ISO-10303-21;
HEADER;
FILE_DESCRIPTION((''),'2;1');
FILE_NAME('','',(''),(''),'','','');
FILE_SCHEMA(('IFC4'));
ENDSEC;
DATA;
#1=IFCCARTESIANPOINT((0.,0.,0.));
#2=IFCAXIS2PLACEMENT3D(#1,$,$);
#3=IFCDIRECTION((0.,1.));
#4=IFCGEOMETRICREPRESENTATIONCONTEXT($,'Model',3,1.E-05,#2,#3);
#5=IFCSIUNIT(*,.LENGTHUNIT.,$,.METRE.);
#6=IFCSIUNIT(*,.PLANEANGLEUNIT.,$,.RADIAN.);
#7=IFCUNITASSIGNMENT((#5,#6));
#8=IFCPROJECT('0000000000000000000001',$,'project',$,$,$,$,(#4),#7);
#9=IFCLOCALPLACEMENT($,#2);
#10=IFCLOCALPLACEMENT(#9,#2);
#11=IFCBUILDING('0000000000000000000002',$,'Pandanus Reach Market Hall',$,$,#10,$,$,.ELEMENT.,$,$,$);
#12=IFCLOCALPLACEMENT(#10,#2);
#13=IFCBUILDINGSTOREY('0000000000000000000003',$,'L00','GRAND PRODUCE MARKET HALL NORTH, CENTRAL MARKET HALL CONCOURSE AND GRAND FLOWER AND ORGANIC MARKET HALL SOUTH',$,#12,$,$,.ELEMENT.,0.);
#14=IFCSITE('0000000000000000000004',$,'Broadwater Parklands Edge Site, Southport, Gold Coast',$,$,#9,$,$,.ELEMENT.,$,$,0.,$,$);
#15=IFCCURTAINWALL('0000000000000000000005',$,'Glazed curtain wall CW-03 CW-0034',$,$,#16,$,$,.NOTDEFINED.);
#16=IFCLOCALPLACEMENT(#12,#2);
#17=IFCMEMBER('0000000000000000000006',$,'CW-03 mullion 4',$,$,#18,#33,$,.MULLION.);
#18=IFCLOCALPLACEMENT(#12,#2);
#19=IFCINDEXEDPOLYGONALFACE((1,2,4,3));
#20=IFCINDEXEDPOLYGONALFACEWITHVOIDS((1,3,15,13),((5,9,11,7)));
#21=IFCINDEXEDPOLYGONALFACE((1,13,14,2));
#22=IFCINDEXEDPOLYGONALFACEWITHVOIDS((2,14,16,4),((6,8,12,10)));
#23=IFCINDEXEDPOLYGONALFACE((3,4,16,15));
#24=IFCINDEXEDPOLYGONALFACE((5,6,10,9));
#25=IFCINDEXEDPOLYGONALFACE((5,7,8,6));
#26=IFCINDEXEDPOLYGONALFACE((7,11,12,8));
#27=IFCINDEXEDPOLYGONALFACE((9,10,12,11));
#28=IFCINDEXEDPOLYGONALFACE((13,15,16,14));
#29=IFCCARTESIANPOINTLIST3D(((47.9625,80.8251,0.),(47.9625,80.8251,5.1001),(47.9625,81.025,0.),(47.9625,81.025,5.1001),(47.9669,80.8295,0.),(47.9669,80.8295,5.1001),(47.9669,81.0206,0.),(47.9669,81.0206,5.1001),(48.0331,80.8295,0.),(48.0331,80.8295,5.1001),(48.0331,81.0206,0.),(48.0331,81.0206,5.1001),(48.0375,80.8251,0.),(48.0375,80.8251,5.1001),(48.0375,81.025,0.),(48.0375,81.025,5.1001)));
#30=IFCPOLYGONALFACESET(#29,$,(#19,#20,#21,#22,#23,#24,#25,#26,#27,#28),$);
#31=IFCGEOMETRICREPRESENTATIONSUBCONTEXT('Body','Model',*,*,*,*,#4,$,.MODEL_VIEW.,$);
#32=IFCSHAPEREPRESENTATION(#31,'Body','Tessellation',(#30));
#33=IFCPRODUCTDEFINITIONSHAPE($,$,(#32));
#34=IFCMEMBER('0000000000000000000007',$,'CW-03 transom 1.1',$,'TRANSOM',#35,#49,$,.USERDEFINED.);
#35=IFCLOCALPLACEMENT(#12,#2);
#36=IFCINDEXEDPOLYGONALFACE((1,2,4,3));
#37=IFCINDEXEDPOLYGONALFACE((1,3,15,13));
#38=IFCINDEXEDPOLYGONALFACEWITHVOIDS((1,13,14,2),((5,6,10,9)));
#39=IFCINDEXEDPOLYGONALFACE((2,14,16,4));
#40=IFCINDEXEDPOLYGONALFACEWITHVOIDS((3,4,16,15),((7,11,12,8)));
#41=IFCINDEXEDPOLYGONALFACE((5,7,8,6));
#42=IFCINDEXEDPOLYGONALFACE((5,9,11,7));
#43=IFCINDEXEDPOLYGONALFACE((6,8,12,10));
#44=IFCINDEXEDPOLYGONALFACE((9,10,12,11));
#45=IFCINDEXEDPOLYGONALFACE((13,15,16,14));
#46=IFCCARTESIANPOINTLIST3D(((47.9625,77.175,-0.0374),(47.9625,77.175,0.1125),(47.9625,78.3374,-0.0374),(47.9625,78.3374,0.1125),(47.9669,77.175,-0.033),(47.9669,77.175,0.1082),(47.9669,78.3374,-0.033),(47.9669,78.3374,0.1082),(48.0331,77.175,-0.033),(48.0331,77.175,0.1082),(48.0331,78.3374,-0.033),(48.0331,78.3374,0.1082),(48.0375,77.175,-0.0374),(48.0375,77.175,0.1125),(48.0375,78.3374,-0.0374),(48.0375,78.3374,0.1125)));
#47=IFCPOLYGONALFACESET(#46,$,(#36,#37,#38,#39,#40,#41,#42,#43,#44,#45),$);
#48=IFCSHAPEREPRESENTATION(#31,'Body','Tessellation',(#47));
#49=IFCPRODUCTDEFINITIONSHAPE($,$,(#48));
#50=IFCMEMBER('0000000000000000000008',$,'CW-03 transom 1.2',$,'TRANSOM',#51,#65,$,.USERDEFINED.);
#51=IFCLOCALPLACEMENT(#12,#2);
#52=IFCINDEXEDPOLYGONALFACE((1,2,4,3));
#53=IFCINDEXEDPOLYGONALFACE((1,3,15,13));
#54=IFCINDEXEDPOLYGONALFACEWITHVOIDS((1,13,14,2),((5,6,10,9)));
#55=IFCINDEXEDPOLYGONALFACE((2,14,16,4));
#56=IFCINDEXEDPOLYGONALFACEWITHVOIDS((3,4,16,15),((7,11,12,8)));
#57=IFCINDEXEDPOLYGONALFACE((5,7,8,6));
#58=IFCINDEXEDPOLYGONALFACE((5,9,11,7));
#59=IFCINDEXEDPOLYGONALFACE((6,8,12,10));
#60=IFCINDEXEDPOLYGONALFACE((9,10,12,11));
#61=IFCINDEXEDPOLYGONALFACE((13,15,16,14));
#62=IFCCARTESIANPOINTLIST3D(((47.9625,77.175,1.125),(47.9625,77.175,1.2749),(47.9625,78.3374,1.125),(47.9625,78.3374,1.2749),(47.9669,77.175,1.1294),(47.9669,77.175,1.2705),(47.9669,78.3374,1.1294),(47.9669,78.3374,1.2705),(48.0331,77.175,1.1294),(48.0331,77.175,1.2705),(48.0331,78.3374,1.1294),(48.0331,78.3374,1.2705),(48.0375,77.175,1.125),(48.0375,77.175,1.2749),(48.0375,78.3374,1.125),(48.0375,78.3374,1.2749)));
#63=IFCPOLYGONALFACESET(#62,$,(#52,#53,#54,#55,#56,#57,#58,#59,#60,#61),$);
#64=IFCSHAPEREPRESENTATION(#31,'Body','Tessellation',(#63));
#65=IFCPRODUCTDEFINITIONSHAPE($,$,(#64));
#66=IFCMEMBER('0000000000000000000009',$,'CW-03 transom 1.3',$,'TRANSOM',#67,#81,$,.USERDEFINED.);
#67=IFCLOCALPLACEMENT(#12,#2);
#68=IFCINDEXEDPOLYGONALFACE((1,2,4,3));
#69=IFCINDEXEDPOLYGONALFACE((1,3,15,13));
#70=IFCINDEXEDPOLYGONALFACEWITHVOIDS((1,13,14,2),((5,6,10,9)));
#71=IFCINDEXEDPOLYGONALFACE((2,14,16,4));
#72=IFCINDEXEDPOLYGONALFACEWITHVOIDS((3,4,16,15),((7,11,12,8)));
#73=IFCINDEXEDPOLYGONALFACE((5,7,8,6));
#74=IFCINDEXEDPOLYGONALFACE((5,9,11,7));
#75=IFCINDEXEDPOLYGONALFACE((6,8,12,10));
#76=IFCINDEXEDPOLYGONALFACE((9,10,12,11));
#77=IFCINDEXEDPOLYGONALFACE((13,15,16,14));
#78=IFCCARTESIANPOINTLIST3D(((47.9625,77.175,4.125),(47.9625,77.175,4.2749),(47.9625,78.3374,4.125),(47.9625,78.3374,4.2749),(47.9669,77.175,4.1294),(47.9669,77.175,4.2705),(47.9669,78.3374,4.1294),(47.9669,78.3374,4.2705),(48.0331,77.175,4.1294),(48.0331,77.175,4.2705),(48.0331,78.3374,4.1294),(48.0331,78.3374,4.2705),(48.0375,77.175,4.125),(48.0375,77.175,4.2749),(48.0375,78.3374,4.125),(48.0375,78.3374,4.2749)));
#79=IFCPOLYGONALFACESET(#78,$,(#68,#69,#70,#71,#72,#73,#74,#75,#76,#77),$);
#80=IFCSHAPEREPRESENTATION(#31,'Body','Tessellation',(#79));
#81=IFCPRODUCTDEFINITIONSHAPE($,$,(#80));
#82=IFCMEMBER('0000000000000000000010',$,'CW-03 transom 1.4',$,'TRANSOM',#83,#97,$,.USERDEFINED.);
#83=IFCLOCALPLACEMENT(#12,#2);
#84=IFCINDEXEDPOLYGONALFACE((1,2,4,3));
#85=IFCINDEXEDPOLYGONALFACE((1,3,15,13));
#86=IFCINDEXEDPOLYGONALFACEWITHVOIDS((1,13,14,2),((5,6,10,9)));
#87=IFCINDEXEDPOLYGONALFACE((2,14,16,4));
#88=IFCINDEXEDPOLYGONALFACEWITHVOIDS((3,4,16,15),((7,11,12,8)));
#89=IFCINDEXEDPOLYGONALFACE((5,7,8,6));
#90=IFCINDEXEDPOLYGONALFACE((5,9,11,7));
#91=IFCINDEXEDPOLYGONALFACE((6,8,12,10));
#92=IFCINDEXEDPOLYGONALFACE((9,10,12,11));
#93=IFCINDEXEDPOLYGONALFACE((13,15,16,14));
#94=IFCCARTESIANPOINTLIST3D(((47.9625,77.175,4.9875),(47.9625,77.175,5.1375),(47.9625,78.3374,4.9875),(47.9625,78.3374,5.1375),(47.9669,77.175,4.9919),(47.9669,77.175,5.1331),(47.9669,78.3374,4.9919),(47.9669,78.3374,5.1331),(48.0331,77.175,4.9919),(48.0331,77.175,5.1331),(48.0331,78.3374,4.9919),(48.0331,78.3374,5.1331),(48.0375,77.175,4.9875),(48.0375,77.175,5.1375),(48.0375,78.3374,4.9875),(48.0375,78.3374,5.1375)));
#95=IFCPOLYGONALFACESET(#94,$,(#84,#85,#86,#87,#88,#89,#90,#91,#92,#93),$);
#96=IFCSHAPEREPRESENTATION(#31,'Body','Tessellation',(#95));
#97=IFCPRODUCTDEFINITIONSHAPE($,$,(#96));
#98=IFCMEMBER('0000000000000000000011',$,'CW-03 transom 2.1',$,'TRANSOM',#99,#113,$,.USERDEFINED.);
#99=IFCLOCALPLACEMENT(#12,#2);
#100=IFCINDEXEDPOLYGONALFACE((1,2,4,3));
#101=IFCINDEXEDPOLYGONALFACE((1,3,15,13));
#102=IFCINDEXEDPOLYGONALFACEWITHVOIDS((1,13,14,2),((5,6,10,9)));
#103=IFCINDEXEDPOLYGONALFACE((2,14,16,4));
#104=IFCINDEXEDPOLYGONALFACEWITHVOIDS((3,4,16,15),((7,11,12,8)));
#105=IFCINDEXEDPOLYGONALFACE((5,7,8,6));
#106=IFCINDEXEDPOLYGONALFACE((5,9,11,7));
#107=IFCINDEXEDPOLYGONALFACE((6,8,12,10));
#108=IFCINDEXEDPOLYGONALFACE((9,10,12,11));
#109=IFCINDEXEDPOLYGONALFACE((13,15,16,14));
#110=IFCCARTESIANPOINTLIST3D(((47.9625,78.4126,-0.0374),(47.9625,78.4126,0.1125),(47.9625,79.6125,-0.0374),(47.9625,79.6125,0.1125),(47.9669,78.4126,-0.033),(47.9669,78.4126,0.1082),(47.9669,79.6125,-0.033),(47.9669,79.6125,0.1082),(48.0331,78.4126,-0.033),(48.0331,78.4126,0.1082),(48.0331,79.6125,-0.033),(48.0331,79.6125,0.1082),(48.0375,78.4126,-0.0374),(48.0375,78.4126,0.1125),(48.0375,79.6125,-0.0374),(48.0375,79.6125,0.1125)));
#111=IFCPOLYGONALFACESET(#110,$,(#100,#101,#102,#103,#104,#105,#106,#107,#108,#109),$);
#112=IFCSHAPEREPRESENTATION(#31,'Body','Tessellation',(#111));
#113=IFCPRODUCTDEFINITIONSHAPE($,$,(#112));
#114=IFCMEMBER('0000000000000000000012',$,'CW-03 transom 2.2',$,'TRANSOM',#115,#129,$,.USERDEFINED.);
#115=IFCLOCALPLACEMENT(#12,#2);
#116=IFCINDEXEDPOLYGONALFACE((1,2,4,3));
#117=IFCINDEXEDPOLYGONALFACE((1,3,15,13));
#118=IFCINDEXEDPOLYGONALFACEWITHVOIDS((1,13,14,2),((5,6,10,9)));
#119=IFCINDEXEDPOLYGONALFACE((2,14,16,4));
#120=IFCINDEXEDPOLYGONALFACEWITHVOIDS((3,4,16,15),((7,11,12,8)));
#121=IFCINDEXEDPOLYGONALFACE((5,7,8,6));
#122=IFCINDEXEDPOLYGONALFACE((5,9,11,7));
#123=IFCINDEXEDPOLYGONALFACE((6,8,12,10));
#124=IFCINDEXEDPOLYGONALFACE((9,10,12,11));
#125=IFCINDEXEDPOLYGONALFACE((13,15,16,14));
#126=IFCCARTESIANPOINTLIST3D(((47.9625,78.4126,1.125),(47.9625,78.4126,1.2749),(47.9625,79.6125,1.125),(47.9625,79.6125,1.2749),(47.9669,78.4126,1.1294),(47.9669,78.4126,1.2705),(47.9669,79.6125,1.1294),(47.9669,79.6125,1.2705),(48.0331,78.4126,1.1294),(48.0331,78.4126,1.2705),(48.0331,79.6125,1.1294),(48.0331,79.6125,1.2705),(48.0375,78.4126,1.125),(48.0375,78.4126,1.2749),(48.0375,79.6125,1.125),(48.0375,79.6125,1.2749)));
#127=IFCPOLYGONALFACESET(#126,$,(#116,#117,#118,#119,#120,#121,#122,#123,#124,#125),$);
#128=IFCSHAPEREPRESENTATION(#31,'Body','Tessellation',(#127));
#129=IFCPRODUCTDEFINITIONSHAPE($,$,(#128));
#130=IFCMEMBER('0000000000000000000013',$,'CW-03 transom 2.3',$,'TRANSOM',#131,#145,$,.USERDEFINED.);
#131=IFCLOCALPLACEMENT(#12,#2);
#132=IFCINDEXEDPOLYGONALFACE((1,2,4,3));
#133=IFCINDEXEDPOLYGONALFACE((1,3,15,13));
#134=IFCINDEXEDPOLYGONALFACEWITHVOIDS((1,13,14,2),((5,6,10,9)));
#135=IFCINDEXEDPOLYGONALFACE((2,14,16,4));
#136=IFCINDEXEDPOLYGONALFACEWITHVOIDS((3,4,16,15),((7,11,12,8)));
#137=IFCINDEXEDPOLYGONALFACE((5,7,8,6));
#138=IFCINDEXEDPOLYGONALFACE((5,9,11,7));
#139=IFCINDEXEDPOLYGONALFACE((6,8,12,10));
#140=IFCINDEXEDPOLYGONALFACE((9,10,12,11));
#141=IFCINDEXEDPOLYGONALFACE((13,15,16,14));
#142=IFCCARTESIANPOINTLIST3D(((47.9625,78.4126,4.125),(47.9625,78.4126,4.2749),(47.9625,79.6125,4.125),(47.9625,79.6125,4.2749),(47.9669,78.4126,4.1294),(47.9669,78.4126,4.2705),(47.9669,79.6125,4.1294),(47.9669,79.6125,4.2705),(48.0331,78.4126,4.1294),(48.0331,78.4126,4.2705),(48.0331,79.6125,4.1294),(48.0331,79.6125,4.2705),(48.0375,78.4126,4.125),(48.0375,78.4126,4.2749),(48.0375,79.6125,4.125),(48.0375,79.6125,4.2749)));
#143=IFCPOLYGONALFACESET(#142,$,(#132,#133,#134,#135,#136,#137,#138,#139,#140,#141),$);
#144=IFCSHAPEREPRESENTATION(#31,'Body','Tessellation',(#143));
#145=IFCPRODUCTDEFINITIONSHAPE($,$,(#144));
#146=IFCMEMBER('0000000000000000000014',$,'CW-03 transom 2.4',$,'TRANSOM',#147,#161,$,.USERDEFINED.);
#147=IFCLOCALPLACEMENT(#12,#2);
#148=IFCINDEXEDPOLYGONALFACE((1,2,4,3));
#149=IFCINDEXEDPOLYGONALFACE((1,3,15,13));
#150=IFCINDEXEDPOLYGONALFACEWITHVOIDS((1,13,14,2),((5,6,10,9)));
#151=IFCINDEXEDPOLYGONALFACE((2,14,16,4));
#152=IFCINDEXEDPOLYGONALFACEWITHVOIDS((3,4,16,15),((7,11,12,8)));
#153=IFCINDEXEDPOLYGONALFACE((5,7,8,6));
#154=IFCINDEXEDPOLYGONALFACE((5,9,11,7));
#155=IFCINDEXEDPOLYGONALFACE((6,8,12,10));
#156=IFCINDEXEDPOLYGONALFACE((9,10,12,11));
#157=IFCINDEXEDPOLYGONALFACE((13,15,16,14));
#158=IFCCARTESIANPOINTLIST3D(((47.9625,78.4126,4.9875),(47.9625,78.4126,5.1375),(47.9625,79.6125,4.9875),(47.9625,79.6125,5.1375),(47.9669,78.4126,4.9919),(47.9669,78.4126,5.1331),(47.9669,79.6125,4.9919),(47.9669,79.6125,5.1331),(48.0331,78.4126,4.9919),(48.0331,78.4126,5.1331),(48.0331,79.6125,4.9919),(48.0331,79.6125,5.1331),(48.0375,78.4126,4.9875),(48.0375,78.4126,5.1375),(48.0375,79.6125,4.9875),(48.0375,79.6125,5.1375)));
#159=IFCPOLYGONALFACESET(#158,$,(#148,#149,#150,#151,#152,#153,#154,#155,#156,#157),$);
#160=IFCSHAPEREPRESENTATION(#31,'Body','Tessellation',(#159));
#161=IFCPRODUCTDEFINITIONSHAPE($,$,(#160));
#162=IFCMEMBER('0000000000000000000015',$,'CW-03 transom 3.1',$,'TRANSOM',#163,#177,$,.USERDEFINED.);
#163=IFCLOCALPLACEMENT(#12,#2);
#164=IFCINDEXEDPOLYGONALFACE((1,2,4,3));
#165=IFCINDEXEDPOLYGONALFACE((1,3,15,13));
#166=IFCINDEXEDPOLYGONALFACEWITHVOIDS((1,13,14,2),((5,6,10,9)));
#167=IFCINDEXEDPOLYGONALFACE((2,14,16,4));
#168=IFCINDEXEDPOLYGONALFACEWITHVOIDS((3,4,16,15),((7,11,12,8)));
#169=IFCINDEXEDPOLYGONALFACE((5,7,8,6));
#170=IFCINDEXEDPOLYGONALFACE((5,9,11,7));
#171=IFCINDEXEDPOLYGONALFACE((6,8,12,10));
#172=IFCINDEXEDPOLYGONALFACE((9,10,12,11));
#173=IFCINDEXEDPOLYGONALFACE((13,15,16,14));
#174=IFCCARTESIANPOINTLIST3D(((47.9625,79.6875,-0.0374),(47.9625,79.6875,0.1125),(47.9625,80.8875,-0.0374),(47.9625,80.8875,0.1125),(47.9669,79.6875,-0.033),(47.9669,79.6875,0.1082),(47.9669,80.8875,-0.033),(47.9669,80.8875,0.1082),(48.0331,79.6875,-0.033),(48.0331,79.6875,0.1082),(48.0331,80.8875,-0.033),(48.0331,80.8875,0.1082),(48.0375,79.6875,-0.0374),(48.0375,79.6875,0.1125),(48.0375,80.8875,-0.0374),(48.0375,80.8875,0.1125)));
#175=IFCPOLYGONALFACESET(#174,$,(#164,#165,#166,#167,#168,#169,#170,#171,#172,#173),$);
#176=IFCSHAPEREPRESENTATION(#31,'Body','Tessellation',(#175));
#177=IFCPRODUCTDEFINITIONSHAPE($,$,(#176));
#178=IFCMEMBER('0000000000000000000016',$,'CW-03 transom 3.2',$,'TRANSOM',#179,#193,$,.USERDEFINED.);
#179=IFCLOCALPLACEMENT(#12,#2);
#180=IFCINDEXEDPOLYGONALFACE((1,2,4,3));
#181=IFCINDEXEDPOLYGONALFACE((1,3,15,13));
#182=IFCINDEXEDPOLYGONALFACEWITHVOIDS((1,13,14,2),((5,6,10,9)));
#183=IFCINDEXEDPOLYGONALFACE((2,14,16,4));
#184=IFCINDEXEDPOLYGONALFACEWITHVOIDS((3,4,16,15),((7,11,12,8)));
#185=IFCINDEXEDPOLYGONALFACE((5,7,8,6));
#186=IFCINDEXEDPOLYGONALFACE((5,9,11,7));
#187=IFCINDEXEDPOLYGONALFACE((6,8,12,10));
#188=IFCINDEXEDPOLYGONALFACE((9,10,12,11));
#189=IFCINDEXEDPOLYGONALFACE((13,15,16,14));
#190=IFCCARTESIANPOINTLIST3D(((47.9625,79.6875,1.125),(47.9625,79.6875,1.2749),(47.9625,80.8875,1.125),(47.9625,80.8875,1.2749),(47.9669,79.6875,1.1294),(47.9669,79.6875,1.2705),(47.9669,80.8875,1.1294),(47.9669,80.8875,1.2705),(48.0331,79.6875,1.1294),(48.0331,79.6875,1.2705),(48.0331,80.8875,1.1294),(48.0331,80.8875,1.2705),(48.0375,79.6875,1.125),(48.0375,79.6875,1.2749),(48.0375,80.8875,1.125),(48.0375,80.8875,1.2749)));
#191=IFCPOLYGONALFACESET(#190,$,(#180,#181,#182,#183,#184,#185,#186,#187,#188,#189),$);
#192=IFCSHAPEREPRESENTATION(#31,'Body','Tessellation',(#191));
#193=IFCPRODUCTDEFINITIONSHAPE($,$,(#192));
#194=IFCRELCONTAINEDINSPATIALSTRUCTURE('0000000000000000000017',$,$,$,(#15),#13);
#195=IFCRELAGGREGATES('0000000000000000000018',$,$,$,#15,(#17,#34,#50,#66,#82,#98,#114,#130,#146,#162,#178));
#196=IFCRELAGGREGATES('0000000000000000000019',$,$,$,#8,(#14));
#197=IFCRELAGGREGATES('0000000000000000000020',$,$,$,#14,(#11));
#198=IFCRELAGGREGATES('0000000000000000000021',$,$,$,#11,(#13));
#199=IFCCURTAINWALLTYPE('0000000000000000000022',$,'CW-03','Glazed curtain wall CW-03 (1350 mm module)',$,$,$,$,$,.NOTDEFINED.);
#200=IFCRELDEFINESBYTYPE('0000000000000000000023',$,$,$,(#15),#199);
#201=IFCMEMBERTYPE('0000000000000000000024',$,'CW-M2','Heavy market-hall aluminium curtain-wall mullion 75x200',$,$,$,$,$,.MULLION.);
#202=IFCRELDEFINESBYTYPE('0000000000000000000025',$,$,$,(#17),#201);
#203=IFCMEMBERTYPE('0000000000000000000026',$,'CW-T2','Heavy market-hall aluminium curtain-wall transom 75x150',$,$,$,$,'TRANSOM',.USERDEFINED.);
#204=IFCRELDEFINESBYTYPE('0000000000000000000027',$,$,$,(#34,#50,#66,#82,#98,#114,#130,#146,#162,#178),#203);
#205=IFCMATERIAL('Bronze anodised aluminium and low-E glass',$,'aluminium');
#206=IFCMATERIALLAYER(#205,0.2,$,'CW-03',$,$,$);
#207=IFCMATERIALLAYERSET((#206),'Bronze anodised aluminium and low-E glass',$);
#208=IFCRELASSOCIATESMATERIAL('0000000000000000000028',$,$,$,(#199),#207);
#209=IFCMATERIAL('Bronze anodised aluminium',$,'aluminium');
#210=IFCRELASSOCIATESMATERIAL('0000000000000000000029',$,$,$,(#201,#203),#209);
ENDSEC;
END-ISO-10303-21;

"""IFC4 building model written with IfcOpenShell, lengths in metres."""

from ifc_helpers import new_model, si_unit, direction, frame, origin, origin_2d, place, context, subcontext, project, spatial, hollow_rectangle, extrude, material, layer, layer_set, material_profile, profile_set, type_object, element, aggregate, save


model = new_model("IFC4")

# Units and contexts
model_context = context("Model", 3, precision=1e-05, world=origin(), true_north=direction((0.0, 1.0)))
body_context = subcontext(model_context, "Body", "Model", "MODEL_VIEW")
ifc_project = project(units=[si_unit("LENGTHUNIT", "METRE"), si_unit("PLANEANGLEUNIT", "RADIAN")], contexts=[model_context])

# Site, building, storey
site_placement = place(None, origin())
site = spatial("IfcSite", under=ifc_project, at=site_placement, Name="Broadwater Parklands Edge Site, Southport, Gold Coast", CompositionType="ELEMENT", RefElevation=0.0)
building_placement = place(site_placement, origin())
building = spatial("IfcBuilding", under=site, at=building_placement, Name="Pandanus Reach Market Hall", CompositionType="ELEMENT")
storey_placement = place(building_placement, origin())
storey = spatial("IfcBuildingStorey", under=building, at=storey_placement, Name="L00", Description="GRAND PRODUCE MARKET HALL NORTH, CENTRAL MARKET HALL CONCOURSE AND GRAND FLOWER AND ORGANIC MARKET HALL SOUTH", CompositionType="ELEMENT", Elevation=0.0)

# Curtain wall, members
ifc_material_1 = material(Name="Bronze anodised aluminium and low-E glass", Category="aluminium")
ifc_layer_1 = layer(ifc_material_1, 0.2, Name="CW-03")
ifc_layer_set_1 = layer_set([ifc_layer_1], Name="Bronze anodised aluminium and low-E glass")
curtain_wall_type = type_object("IfcCurtainWallType", Name="CW-03", Description="Glazed curtain wall CW-03 (1350 mm module)", PredefinedType="NOTDEFINED", material=ifc_layer_set_1)
curtain_wall_placement = place(storey_placement, origin())
curtain_wall = element("IfcCurtainWall", 1, at=curtain_wall_placement, inside=storey, type_object=curtain_wall_type, Name="Glazed curtain wall CW-03 CW-0034", PredefinedType="NOTDEFINED")
ifc_material_2 = material(Name="Bronze anodised aluminium", Category="aluminium")
ifc_material_profile_1 = material_profile(ifc_material_2, hollow_rectangle(XDim=0.075, YDim=0.2, WallThickness=0.0044, at=origin_2d()), Name="ALU75x200", Category="LoadBearing")
ifc_profile_set_1 = profile_set([ifc_material_profile_1], Name="Bronze anodised aluminium")
member_type_1 = type_object("IfcMemberType", Name="CW-M2", Description="Heavy market-hall aluminium curtain-wall mullion 75x200", PredefinedType="MULLION", material=ifc_profile_set_1)
member_1_placement = place(storey_placement, frame((48.0, 80.925, 0.0), z_axis=(0.0, 0.0, 1.0), x_axis=(-1.0, 0.0, 0.0)))
member_1 = element("IfcMember", 2, at=member_1_placement, type_object=member_type_1, Name="CW-03 mullion 4", PredefinedType="MULLION", context=body_context, shape_type="SweptSolid", body=[
    extrude(hollow_rectangle(XDim=0.075, YDim=0.2, WallThickness=0.0044, at=origin_2d()), origin(), (0.0, 0.0, 1.0), 5.1001),
])
ifc_material_profile_2 = material_profile(ifc_material_2, hollow_rectangle(XDim=0.075, YDim=0.1499, WallThickness=0.0044, at=origin_2d()), Name="ALU75x150", Category="LoadBearing")
ifc_profile_set_2 = profile_set([ifc_material_profile_2], Name="Bronze anodised aluminium")
member_type_2 = type_object("IfcMemberType", Name="CW-T2", Description="Heavy market-hall aluminium curtain-wall transom 75x150", ElementType="TRANSOM", PredefinedType="USERDEFINED", material=ifc_profile_set_2)
member_2_placement = place(storey_placement, frame((48.0, 77.175, 0.0376), z_axis=(0.0, 1.0, 0.0), x_axis=(-1.0, 0.0, 0.0)))
member_2 = element("IfcMember", 3, at=member_2_placement, type_object=member_type_2, Name="CW-03 transom 1.1", ObjectType="TRANSOM", PredefinedType="USERDEFINED", context=body_context, shape_type="SweptSolid", body=[
    extrude(hollow_rectangle(XDim=0.075, YDim=0.1499, WallThickness=0.0044, at=origin_2d()), origin(), (0.0, 0.0, 1.0), 1.1624),
])
member_3_placement = place(storey_placement, frame((48.0, 77.175, 1.2), z_axis=(0.0, 1.0, 0.0), x_axis=(-1.0, 0.0, 0.0)))
member_3 = element("IfcMember", 4, at=member_3_placement, type_object=member_type_2, Name="CW-03 transom 1.2", ObjectType="TRANSOM", PredefinedType="USERDEFINED", context=body_context, shape_type="SweptSolid", body=[
    extrude(hollow_rectangle(XDim=0.075, YDim=0.1499, WallThickness=0.0044, at=origin_2d()), origin(), (0.0, 0.0, 1.0), 1.1624),
])
member_4_placement = place(storey_placement, frame((48.0, 77.175, 4.2), z_axis=(0.0, 1.0, 0.0), x_axis=(-1.0, 0.0, 0.0)))
member_4 = element("IfcMember", 5, at=member_4_placement, type_object=member_type_2, Name="CW-03 transom 1.3", ObjectType="TRANSOM", PredefinedType="USERDEFINED", context=body_context, shape_type="SweptSolid", body=[
    extrude(hollow_rectangle(XDim=0.075, YDim=0.1499, WallThickness=0.0044, at=origin_2d()), origin(), (0.0, 0.0, 1.0), 1.1624),
])
member_5_placement = place(storey_placement, frame((48.0, 77.175, 5.0625), z_axis=(0.0, 1.0, 0.0), x_axis=(-1.0, 0.0, 0.0)))
member_5 = element("IfcMember", 6, at=member_5_placement, type_object=member_type_2, Name="CW-03 transom 1.4", ObjectType="TRANSOM", PredefinedType="USERDEFINED", context=body_context, shape_type="SweptSolid", body=[
    extrude(hollow_rectangle(XDim=0.075, YDim=0.1499, WallThickness=0.0044, at=origin_2d()), origin(), (0.0, 0.0, 1.0), 1.1624),
])
member_6_placement = place(storey_placement, frame((48.0, 78.4126, 0.0376), z_axis=(0.0, 1.0, 0.0), x_axis=(-1.0, 0.0, 0.0)))
member_6 = element("IfcMember", 7, at=member_6_placement, type_object=member_type_2, Name="CW-03 transom 2.1", ObjectType="TRANSOM", PredefinedType="USERDEFINED", context=body_context, shape_type="SweptSolid", body=[
    extrude(hollow_rectangle(XDim=0.075, YDim=0.1499, WallThickness=0.0044, at=origin_2d()), origin(), (0.0, 0.0, 1.0), 1.2),
])
member_7_placement = place(storey_placement, frame((48.0, 78.4126, 1.2), z_axis=(0.0, 1.0, 0.0), x_axis=(-1.0, 0.0, 0.0)))
member_7 = element("IfcMember", 8, at=member_7_placement, type_object=member_type_2, Name="CW-03 transom 2.2", ObjectType="TRANSOM", PredefinedType="USERDEFINED", context=body_context, shape_type="SweptSolid", body=[
    extrude(hollow_rectangle(XDim=0.075, YDim=0.1499, WallThickness=0.0044, at=origin_2d()), origin(), (0.0, 0.0, 1.0), 1.2),
])
member_8_placement = place(storey_placement, frame((48.0, 78.4126, 4.2), z_axis=(0.0, 1.0, 0.0), x_axis=(-1.0, 0.0, 0.0)))
member_8 = element("IfcMember", 9, at=member_8_placement, type_object=member_type_2, Name="CW-03 transom 2.3", ObjectType="TRANSOM", PredefinedType="USERDEFINED", context=body_context, shape_type="SweptSolid", body=[
    extrude(hollow_rectangle(XDim=0.075, YDim=0.1499, WallThickness=0.0044, at=origin_2d()), origin(), (0.0, 0.0, 1.0), 1.2),
])
member_9_placement = place(storey_placement, frame((48.0, 78.4126, 5.0625), z_axis=(0.0, 1.0, 0.0), x_axis=(-1.0, 0.0, 0.0)))
member_9 = element("IfcMember", 10, at=member_9_placement, type_object=member_type_2, Name="CW-03 transom 2.4", ObjectType="TRANSOM", PredefinedType="USERDEFINED", context=body_context, shape_type="SweptSolid", body=[
    extrude(hollow_rectangle(XDim=0.075, YDim=0.1499, WallThickness=0.0044, at=origin_2d()), origin(), (0.0, 0.0, 1.0), 1.2),
])
member_10_placement = place(storey_placement, frame((48.0, 79.6875, 0.0376), z_axis=(0.0, 1.0, 0.0), x_axis=(-1.0, 0.0, 0.0)))
member_10 = element("IfcMember", 11, at=member_10_placement, type_object=member_type_2, Name="CW-03 transom 3.1", ObjectType="TRANSOM", PredefinedType="USERDEFINED", context=body_context, shape_type="SweptSolid", body=[
    extrude(hollow_rectangle(XDim=0.075, YDim=0.1499, WallThickness=0.0044, at=origin_2d()), origin(), (0.0, 0.0, 1.0), 1.2),
])
member_11_placement = place(storey_placement, frame((48.0, 79.6875, 1.2), z_axis=(0.0, 1.0, 0.0), x_axis=(-1.0, 0.0, 0.0)))
member_11 = element("IfcMember", 12, at=member_11_placement, type_object=member_type_2, Name="CW-03 transom 3.2", ObjectType="TRANSOM", PredefinedType="USERDEFINED", context=body_context, shape_type="SweptSolid", body=[
    extrude(hollow_rectangle(XDim=0.075, YDim=0.1499, WallThickness=0.0044, at=origin_2d()), origin(), (0.0, 0.0, 1.0), 1.2),
])
aggregate(curtain_wall, [member_1, member_2, member_3, member_4, member_5, member_6, member_7, member_8, member_9, member_10, member_11])

save(model, "model.ifc")
